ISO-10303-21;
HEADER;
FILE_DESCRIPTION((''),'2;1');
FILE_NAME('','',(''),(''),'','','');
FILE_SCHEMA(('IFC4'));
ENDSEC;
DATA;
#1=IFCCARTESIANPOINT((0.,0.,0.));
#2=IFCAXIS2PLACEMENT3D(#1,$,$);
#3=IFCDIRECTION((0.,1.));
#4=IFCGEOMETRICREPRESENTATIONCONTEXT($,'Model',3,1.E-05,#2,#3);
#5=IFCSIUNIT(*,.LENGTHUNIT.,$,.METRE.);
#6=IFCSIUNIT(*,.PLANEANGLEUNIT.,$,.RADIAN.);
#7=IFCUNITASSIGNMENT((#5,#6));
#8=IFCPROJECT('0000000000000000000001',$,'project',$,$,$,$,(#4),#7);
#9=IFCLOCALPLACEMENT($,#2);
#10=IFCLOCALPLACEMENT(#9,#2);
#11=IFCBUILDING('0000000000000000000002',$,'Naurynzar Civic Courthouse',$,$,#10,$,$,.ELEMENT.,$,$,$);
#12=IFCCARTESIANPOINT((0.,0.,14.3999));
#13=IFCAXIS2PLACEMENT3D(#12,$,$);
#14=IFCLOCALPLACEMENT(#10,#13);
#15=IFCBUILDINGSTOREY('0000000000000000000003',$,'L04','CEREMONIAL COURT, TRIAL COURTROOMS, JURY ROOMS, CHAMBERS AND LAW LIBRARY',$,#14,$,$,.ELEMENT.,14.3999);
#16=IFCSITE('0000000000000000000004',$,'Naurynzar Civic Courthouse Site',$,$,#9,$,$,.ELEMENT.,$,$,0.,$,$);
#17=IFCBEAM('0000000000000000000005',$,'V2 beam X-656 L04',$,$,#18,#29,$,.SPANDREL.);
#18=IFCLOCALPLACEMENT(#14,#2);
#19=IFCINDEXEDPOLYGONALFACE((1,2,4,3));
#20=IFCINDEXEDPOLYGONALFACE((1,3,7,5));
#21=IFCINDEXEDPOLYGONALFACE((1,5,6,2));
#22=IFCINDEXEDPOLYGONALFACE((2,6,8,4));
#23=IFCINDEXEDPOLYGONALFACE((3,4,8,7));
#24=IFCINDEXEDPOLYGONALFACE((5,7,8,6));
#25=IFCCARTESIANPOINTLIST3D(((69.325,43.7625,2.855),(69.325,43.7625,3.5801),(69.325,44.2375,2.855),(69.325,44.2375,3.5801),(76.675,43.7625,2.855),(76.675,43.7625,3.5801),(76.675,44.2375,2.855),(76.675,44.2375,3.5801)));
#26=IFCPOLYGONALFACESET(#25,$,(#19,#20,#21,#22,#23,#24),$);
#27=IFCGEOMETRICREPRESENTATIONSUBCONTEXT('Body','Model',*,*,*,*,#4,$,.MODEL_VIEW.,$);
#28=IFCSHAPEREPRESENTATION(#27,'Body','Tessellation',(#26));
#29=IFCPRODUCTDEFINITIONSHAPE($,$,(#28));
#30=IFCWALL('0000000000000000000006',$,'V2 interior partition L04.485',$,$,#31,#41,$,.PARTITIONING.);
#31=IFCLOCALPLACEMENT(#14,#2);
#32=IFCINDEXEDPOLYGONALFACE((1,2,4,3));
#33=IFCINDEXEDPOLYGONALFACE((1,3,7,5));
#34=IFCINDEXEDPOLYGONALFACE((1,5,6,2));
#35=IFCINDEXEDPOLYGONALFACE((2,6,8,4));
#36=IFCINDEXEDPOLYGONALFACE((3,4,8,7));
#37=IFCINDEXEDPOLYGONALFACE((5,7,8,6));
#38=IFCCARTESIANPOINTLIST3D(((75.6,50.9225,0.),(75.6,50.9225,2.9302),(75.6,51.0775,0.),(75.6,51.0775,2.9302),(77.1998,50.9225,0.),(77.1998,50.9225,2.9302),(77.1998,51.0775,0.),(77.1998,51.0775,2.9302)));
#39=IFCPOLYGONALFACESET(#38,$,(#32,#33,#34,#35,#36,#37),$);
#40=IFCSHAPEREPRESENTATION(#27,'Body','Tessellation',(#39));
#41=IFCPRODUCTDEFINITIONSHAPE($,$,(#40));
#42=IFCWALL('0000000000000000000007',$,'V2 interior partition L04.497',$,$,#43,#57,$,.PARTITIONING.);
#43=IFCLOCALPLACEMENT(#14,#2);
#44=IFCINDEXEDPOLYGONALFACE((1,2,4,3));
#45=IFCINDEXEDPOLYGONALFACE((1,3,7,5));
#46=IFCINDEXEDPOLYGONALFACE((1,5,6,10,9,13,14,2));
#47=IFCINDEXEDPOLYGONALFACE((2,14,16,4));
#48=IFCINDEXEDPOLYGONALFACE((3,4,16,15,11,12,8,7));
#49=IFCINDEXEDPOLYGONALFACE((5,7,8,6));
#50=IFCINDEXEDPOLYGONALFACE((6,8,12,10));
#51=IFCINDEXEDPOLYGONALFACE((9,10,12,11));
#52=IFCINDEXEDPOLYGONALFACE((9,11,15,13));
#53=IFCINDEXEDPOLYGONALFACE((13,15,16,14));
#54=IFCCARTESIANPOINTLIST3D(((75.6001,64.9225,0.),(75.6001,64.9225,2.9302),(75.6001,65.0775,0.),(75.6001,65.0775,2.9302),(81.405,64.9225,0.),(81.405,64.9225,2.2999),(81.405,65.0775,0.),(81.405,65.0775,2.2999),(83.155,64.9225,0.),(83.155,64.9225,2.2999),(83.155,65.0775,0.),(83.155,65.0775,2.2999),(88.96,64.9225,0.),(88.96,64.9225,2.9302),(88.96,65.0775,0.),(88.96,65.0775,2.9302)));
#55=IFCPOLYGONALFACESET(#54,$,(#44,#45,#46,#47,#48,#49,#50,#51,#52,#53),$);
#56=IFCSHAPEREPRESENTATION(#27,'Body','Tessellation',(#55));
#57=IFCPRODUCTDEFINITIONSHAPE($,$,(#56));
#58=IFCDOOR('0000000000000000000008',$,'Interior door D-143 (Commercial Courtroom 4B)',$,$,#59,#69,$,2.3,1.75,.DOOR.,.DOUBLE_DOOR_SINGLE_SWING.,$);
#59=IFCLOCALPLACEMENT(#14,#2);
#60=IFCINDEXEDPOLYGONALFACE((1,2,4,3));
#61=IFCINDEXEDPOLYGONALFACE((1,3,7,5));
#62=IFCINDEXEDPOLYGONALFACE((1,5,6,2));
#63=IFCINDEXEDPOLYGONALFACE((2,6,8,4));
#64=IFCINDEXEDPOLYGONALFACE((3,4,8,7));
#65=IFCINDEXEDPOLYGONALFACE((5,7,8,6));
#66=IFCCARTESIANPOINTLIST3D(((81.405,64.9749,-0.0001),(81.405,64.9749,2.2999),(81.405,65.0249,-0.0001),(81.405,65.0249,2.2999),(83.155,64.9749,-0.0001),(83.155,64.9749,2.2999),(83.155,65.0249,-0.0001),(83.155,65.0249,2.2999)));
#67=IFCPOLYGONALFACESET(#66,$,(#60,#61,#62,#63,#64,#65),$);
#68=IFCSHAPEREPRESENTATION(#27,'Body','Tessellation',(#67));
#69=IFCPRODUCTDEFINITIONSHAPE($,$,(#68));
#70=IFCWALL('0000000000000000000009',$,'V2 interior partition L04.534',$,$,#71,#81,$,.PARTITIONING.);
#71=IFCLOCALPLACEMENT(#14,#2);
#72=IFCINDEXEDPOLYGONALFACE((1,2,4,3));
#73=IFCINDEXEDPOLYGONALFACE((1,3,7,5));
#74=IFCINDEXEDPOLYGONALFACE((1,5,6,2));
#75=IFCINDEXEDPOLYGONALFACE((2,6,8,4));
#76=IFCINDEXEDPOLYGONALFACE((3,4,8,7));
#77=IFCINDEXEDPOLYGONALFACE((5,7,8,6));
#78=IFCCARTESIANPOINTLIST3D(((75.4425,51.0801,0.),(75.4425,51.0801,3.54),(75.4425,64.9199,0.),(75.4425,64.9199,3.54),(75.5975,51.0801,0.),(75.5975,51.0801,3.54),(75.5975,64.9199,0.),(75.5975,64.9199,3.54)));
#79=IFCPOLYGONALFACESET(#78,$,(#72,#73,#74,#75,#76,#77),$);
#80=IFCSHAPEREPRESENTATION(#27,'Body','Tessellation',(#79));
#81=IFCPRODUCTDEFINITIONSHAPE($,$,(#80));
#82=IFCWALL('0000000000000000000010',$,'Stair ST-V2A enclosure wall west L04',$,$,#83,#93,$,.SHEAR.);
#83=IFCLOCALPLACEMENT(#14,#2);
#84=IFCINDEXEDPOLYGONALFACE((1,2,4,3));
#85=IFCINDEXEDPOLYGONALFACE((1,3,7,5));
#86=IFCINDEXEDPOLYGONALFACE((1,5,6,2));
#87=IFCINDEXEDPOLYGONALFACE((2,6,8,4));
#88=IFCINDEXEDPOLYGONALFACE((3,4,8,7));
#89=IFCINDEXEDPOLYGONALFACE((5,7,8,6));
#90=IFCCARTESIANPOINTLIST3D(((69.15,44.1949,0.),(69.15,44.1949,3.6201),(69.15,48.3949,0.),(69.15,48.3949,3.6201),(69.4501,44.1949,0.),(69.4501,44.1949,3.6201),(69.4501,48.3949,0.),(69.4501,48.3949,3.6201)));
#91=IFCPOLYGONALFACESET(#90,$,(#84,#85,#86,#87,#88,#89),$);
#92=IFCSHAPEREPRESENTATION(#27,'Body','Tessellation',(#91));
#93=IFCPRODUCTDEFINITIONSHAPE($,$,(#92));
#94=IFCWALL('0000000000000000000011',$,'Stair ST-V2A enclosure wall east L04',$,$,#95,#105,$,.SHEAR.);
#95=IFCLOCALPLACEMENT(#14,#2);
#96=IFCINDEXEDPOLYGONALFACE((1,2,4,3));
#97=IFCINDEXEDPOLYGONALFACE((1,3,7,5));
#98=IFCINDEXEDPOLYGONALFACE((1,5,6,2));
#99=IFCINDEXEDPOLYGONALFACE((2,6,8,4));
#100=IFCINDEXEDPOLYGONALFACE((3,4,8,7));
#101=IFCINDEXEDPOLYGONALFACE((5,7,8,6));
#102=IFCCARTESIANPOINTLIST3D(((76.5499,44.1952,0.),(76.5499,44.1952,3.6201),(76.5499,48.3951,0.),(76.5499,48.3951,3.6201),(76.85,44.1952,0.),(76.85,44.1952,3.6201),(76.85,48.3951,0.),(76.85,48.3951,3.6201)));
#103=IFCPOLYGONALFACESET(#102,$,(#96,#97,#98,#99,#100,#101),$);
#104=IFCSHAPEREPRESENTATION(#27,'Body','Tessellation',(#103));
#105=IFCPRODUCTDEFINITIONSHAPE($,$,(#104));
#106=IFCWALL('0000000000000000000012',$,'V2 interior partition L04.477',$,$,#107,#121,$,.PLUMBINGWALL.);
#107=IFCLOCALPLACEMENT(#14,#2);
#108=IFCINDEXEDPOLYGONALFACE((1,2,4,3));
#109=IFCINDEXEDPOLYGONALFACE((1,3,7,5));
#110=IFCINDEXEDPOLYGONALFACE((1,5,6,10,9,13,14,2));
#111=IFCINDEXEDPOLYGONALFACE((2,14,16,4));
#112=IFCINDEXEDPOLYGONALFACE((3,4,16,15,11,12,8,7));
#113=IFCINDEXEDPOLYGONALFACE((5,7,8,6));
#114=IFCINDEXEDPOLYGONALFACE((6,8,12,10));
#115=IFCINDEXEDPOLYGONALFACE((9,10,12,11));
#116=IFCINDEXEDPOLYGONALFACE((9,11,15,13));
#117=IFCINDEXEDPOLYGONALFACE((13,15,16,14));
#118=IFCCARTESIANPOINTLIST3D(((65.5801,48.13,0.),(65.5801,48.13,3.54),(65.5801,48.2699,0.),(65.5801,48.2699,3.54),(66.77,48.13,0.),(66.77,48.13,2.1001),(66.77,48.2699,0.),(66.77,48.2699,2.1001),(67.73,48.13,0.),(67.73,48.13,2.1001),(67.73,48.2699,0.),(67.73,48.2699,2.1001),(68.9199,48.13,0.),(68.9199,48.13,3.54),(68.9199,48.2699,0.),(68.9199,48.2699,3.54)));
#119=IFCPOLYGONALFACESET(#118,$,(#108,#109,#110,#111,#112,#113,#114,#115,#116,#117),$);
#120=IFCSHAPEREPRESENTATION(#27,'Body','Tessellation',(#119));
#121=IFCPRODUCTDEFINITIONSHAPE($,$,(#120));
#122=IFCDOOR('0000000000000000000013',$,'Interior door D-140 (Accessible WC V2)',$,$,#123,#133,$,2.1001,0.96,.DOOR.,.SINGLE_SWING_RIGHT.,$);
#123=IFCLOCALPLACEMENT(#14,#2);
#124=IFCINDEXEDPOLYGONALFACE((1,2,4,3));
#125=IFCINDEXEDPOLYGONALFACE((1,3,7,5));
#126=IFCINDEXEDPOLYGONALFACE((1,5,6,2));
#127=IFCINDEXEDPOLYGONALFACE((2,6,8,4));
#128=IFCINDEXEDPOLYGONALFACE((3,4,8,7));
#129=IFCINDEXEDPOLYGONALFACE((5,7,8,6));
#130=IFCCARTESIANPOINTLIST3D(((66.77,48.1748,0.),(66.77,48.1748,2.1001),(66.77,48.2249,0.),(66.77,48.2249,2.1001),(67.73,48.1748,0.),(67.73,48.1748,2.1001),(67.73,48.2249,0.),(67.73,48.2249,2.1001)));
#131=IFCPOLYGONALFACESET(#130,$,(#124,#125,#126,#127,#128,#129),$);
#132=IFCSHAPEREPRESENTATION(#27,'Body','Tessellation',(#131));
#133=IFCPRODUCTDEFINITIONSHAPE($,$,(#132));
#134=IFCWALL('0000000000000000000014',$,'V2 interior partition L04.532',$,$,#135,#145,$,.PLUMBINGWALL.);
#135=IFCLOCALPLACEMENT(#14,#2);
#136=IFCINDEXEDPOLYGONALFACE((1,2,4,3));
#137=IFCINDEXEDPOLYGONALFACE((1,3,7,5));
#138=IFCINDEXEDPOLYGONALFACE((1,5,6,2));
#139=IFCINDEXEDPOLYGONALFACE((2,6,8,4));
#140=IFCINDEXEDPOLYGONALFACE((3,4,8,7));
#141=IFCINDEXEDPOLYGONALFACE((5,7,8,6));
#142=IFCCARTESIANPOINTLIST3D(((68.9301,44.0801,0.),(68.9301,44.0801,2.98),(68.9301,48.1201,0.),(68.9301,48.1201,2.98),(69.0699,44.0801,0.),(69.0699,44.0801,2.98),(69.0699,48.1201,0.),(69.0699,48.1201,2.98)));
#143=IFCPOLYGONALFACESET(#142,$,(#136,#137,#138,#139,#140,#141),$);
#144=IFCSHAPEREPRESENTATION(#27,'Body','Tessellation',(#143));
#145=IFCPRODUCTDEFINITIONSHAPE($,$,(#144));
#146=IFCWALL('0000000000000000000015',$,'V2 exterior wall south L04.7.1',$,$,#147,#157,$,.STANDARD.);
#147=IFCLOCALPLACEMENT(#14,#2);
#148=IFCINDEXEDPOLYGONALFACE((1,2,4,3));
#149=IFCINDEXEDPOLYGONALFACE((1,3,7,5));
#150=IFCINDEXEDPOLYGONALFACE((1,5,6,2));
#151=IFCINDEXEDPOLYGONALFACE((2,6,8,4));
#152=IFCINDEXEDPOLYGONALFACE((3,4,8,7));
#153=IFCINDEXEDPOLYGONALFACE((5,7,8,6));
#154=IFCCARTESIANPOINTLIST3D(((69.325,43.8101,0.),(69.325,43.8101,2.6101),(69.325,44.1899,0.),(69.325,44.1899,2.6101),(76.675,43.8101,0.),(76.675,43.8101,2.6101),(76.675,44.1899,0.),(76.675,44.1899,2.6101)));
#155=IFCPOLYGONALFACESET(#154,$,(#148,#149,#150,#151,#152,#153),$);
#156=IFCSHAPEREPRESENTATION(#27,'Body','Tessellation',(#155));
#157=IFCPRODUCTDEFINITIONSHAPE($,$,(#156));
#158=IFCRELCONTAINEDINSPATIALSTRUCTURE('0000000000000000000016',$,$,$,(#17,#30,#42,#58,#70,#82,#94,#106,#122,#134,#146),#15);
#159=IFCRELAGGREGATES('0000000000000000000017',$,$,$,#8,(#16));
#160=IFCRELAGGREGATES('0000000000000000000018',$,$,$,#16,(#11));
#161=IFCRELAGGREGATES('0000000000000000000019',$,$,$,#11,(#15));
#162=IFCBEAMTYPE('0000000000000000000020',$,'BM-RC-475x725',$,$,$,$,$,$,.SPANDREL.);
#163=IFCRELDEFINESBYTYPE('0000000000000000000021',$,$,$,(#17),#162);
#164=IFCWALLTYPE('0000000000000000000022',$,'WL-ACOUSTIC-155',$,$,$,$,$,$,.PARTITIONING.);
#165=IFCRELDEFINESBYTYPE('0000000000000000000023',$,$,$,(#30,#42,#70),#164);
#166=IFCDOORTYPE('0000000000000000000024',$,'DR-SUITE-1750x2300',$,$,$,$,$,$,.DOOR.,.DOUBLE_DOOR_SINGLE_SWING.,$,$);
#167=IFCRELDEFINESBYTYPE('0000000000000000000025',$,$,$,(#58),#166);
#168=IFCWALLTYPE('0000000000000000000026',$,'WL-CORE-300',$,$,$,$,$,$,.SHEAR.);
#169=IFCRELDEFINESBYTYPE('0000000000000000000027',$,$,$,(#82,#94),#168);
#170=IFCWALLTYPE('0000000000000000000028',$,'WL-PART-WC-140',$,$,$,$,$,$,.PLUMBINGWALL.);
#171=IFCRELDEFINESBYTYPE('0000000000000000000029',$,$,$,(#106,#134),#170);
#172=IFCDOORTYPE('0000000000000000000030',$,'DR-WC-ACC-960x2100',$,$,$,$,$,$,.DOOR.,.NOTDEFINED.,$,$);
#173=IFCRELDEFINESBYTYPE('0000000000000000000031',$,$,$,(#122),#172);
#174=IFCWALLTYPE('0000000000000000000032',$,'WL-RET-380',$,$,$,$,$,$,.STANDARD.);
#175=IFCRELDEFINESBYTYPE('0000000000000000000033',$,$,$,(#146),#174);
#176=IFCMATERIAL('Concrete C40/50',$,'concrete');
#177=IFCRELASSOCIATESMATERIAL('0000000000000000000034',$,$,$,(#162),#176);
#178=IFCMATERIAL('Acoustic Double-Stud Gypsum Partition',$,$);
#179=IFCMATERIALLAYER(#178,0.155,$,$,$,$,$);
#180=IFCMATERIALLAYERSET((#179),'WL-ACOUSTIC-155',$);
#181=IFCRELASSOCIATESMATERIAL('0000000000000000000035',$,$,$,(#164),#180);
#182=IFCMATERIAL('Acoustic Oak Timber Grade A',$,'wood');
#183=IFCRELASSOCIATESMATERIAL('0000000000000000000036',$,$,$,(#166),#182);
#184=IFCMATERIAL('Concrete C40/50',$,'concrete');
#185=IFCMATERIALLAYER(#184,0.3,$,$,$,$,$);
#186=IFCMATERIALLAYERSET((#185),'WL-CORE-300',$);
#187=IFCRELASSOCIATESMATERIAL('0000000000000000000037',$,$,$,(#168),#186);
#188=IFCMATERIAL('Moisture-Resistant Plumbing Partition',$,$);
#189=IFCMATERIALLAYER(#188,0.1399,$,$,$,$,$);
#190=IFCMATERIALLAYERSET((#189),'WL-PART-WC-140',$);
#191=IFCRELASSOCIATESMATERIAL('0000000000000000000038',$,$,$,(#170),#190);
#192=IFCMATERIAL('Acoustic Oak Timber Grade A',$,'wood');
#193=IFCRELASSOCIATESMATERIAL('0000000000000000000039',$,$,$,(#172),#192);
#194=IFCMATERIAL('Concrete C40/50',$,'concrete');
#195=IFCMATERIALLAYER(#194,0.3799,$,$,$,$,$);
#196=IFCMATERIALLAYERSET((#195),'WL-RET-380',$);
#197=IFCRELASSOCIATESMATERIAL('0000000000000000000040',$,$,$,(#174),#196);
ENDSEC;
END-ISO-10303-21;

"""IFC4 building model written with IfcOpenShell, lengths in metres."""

from ifc_helpers import new_model, si_unit, direction, frame, frame_2d, origin, origin_2d, place, context, subcontext, project, spatial, rectangle, extrude, material, layer, layer_set, material_profile, profile_set, type_object, element, fill, save


model = new_model("IFC4")

# Units and contexts
model_context = context("Model", 3, precision=1e-05, world=origin(), true_north=direction((0.0, 1.0)))
body_context = subcontext(model_context, "Body", "Model", "MODEL_VIEW")
ifc_project = project(units=[si_unit("LENGTHUNIT", "METRE"), si_unit("PLANEANGLEUNIT", "RADIAN")], contexts=[model_context])

# Site, building, storey
site_placement = place(None, origin())
site = spatial("IfcSite", under=ifc_project, at=site_placement, Name="Naurynzar Civic Courthouse Site", CompositionType="ELEMENT", RefElevation=0.0)
building_placement = place(site_placement, origin())
building = spatial("IfcBuilding", under=site, at=building_placement, Name="Naurynzar Civic Courthouse", CompositionType="ELEMENT")
storey_placement = place(building_placement, frame((0.0, 0.0, 14.3999)))
storey = spatial("IfcBuildingStorey", under=building, at=storey_placement, Name="L04", Description="CEREMONIAL COURT, TRIAL COURTROOMS, JURY ROOMS, CHAMBERS AND LAW LIBRARY", CompositionType="ELEMENT", Elevation=14.3999)

# Beam
ifc_material_1 = material(Name="Concrete C40/50", Category="concrete")
ifc_material_profile_1 = material_profile(ifc_material_1, rectangle(XDim=0.4751, YDim=0.7251, at=origin_2d()), Name="RCB 475x725")
ifc_profile_set_1 = profile_set([ifc_material_profile_1], Name="Concrete C40/50")
beam_type_1 = type_object("IfcBeamType", Name="BM-RC-475x725", PredefinedType="SPANDREL", material=ifc_profile_set_1)
beam_placement = place(storey_placement, frame((69.325, 44.0, 3.2175), z_axis=(1.0, 0.0, 0.0), x_axis=(0.0, 1.0, 0.0)))
element("IfcBeam", 1, at=beam_placement, inside=storey, type_object=beam_type_1, Name="V2 beam X-656 L04", PredefinedType="SPANDREL", context=body_context, shape_type="SweptSolid", body=[
    extrude(rectangle(XDim=0.4751, YDim=0.7251, at=origin_2d()), origin(), (0.0, 0.0, 1.0), 7.3501),
])

# Wall
ifc_material_2 = material(Name="Acoustic Double-Stud Gypsum Partition")
ifc_layer_1 = layer(ifc_material_2, 0.155)
ifc_layer_set_1 = layer_set([ifc_layer_1], Name="WL-ACOUSTIC-155")
wall_type_1 = type_object("IfcWallType", Name="WL-ACOUSTIC-155", PredefinedType="PARTITIONING", material=ifc_layer_set_1)
wall_1_placement = place(storey_placement, frame((75.6001, 51.0, 0.0), z_axis=(0.0, 0.0, 1.0), x_axis=(1.0, 0.0, 0.0)))
element("IfcWall", 2, at=wall_1_placement, inside=storey, type_object=wall_type_1, Name="V2 interior partition L04.485", PredefinedType="PARTITIONING", context=body_context, shape_type="SweptSolid", body=[
    extrude(rectangle(XDim=1.5999, YDim=0.155, at=frame_2d((0.7998, 0.0))), origin(), (0.0, 0.0, 1.0), 2.9302),
])

# Wall, opening, door
wall_2_placement = place(storey_placement, frame((75.6001, 65.0, 0.0), z_axis=(0.0, 0.0, 1.0), x_axis=(1.0, 0.0, 0.0)))
wall_2 = element("IfcWall", 3, at=wall_2_placement, inside=storey, type_object=wall_type_1, Name="V2 interior partition L04.497", PredefinedType="PARTITIONING", context=body_context, shape_type="SweptSolid", body=[
    extrude(rectangle(XDim=13.3599, YDim=0.155, at=frame_2d((6.6799, 0.0))), origin(), (0.0, 0.0, 1.0), 2.9302),
])
opening_1_placement = place(wall_2_placement, frame((5.8049, 0.0, 0.0)))
opening_1 = element("IfcOpeningElement", 4, at=opening_1_placement, cuts=wall_2, PredefinedType="OPENING", context=body_context, shape_type="SweptSolid", body=[
    extrude(rectangle(XDim=1.75, YDim=2.3, at=frame_2d((0.875, 1.1499))), frame((0.0, 0.0874, 0.0), z_axis=(0.0, -1.0, 0.0), x_axis=(1.0, 0.0, 0.0)), (0.0, 0.0, 1.0), 0.175),
])
ifc_material_3 = material(Name="Acoustic Oak Timber Grade A", Category="wood")
door_type_1 = type_object("IfcDoorType", Name="DR-SUITE-1750x2300", OperationType="DOUBLE_DOOR_SINGLE_SWING", PredefinedType="DOOR", material=ifc_material_3)
door_1_placement = place(opening_1_placement, origin())
door_1 = element("IfcDoor", 5, at=door_1_placement, inside=storey, type_object=door_type_1, Name="Interior door D-143 (Commercial Courtroom 4B)", OperationType="DOUBLE_DOOR_SINGLE_SWING", OverallHeight=2.3, OverallWidth=1.75, PredefinedType="DOOR", context=body_context, shape_type="SweptSolid", body=[
    extrude(rectangle(XDim=1.75, YDim=2.3, at=frame_2d((0.875, 1.1499))), frame((0.0, 0.0249, 0.0), z_axis=(0.0, -1.0, 0.0), x_axis=(1.0, 0.0, 0.0)), (0.0, 0.0, 1.0), 0.05),
])
fill(opening_1, door_1)

# Wall
wall_3_placement = place(storey_placement, frame((75.52, 51.0801, 0.0), z_axis=(0.0, 0.0, 1.0), x_axis=(0.0, 1.0, 0.0)))
element("IfcWall", 6, at=wall_3_placement, inside=storey, type_object=wall_type_1, Name="V2 interior partition L04.534", PredefinedType="PARTITIONING", context=body_context, shape_type="SweptSolid", body=[
    extrude(rectangle(XDim=13.8398, YDim=0.155, at=frame_2d((6.9199, 0.0))), origin(), (0.0, 0.0, 1.0), 3.54),
])

# Shared definitions
ifc_material_4 = material(Name="Concrete C40/50", Category="concrete")
ifc_layer_2 = layer(ifc_material_4, 0.3)
ifc_layer_set_2 = layer_set([ifc_layer_2], Name="WL-CORE-300")
wall_type_2 = type_object("IfcWallType", Name="WL-CORE-300", PredefinedType="SHEAR", material=ifc_layer_set_2)

# Walls
for number, where, z_axis, x_axis, name in (
    (7, (69.3, 48.395, 0.0), (0.0, 0.0, 1.0), (0.0, -1.0, 0.0), "Stair ST-V2A enclosure wall west L04"),
    (8, (76.7, 44.1951, 0.0), (0.0, 0.0, 1.0), (0.0, 1.0, 0.0), "Stair ST-V2A enclosure wall east L04"),
):
    element("IfcWall", number, at=place(storey_placement, frame(where, z_axis=z_axis, x_axis=x_axis)), inside=storey, type_object=wall_type_2, Name=name, PredefinedType="SHEAR", context=body_context, shape_type="SweptSolid", body=[
        extrude(rectangle(XDim=4.2, YDim=0.3, at=frame_2d((2.1001, 0.0))), origin(), (0.0, 0.0, 1.0), 3.6201),
    ])

# Wall, opening, door
ifc_material_5 = material(Name="Moisture-Resistant Plumbing Partition")
ifc_layer_3 = layer(ifc_material_5, 0.1399)
ifc_layer_set_3 = layer_set([ifc_layer_3], Name="WL-PART-WC-140")
wall_type_3 = type_object("IfcWallType", Name="WL-PART-WC-140", PredefinedType="PLUMBINGWALL", material=ifc_layer_set_3)
wall_4_placement = place(storey_placement, frame((65.5801, 48.2, 0.0), z_axis=(0.0, 0.0, 1.0), x_axis=(1.0, 0.0, 0.0)))
wall_4 = element("IfcWall", 9, at=wall_4_placement, inside=storey, type_object=wall_type_3, Name="V2 interior partition L04.477", PredefinedType="PLUMBINGWALL", context=body_context, shape_type="SweptSolid", body=[
    extrude(rectangle(XDim=3.3398, YDim=0.1399, at=frame_2d((1.6699, 0.0))), origin(), (0.0, 0.0, 1.0), 3.54),
])
opening_2_placement = place(wall_4_placement, frame((1.1899, 0.0, 0.0)))
opening_2 = element("IfcOpeningElement", 10, at=opening_2_placement, cuts=wall_4, PredefinedType="OPENING", context=body_context, shape_type="SweptSolid", body=[
    extrude(rectangle(XDim=0.96, YDim=2.1001, at=frame_2d((0.48, 1.05))), frame((0.0, 0.0798, 0.0), z_axis=(0.0, -1.0, 0.0), x_axis=(1.0, 0.0, 0.0)), (0.0, 0.0, 1.0), 0.1599),
])
ifc_material_6 = material(Name="Acoustic Oak Timber Grade A", Category="wood")
door_type_2 = type_object("IfcDoorType", Name="DR-WC-ACC-960x2100", OperationType="NOTDEFINED", PredefinedType="DOOR", material=ifc_material_6)
door_2_placement = place(opening_2_placement, origin())
door_2 = element("IfcDoor", 11, at=door_2_placement, inside=storey, type_object=door_type_2, Name="Interior door D-140 (Accessible WC V2)", OperationType="SINGLE_SWING_RIGHT", OverallHeight=2.1001, OverallWidth=0.96, PredefinedType="DOOR", context=body_context, shape_type="SweptSolid", body=[
    extrude(rectangle(XDim=0.96, YDim=2.1001, at=frame_2d((0.48, 1.05))), frame((0.0, 0.0249, 0.0), z_axis=(0.0, -1.0, 0.0), x_axis=(1.0, 0.0, 0.0)), (0.0, 0.0, 1.0), 0.05),
])
fill(opening_2, door_2)

# Walls
wall_5_placement = place(storey_placement, frame((69.0, 44.0801, 0.0), z_axis=(0.0, 0.0, 1.0), x_axis=(0.0, 1.0, 0.0)))
element("IfcWall", 12, at=wall_5_placement, inside=storey, type_object=wall_type_3, Name="V2 interior partition L04.532", PredefinedType="PLUMBINGWALL", context=body_context, shape_type="SweptSolid", body=[
    extrude(rectangle(XDim=4.04, YDim=0.1399, at=frame_2d((2.02, 0.0))), origin(), (0.0, 0.0, 1.0), 2.98),
])
ifc_material_7 = material(Name="Concrete C40/50", Category="concrete")
ifc_layer_4 = layer(ifc_material_7, 0.3799)
ifc_layer_set_4 = layer_set([ifc_layer_4], Name="WL-RET-380")
wall_type_4 = type_object("IfcWallType", Name="WL-RET-380", PredefinedType="STANDARD", material=ifc_layer_set_4)
wall_6_placement = place(storey_placement, frame((76.675, 44.0, 0.0), z_axis=(0.0, 0.0, 1.0), x_axis=(-1.0, 0.0, 0.0)))
element("IfcWall", 13, at=wall_6_placement, inside=storey, type_object=wall_type_4, Name="V2 exterior wall south L04.7.1", PredefinedType="STANDARD", context=body_context, shape_type="SweptSolid", body=[
    extrude(rectangle(XDim=7.3501, YDim=0.3799, at=frame_2d((3.675, 0.0))), origin(), (0.0, 0.0, 1.0), 2.6101),
])

save(model, "model.ifc")
